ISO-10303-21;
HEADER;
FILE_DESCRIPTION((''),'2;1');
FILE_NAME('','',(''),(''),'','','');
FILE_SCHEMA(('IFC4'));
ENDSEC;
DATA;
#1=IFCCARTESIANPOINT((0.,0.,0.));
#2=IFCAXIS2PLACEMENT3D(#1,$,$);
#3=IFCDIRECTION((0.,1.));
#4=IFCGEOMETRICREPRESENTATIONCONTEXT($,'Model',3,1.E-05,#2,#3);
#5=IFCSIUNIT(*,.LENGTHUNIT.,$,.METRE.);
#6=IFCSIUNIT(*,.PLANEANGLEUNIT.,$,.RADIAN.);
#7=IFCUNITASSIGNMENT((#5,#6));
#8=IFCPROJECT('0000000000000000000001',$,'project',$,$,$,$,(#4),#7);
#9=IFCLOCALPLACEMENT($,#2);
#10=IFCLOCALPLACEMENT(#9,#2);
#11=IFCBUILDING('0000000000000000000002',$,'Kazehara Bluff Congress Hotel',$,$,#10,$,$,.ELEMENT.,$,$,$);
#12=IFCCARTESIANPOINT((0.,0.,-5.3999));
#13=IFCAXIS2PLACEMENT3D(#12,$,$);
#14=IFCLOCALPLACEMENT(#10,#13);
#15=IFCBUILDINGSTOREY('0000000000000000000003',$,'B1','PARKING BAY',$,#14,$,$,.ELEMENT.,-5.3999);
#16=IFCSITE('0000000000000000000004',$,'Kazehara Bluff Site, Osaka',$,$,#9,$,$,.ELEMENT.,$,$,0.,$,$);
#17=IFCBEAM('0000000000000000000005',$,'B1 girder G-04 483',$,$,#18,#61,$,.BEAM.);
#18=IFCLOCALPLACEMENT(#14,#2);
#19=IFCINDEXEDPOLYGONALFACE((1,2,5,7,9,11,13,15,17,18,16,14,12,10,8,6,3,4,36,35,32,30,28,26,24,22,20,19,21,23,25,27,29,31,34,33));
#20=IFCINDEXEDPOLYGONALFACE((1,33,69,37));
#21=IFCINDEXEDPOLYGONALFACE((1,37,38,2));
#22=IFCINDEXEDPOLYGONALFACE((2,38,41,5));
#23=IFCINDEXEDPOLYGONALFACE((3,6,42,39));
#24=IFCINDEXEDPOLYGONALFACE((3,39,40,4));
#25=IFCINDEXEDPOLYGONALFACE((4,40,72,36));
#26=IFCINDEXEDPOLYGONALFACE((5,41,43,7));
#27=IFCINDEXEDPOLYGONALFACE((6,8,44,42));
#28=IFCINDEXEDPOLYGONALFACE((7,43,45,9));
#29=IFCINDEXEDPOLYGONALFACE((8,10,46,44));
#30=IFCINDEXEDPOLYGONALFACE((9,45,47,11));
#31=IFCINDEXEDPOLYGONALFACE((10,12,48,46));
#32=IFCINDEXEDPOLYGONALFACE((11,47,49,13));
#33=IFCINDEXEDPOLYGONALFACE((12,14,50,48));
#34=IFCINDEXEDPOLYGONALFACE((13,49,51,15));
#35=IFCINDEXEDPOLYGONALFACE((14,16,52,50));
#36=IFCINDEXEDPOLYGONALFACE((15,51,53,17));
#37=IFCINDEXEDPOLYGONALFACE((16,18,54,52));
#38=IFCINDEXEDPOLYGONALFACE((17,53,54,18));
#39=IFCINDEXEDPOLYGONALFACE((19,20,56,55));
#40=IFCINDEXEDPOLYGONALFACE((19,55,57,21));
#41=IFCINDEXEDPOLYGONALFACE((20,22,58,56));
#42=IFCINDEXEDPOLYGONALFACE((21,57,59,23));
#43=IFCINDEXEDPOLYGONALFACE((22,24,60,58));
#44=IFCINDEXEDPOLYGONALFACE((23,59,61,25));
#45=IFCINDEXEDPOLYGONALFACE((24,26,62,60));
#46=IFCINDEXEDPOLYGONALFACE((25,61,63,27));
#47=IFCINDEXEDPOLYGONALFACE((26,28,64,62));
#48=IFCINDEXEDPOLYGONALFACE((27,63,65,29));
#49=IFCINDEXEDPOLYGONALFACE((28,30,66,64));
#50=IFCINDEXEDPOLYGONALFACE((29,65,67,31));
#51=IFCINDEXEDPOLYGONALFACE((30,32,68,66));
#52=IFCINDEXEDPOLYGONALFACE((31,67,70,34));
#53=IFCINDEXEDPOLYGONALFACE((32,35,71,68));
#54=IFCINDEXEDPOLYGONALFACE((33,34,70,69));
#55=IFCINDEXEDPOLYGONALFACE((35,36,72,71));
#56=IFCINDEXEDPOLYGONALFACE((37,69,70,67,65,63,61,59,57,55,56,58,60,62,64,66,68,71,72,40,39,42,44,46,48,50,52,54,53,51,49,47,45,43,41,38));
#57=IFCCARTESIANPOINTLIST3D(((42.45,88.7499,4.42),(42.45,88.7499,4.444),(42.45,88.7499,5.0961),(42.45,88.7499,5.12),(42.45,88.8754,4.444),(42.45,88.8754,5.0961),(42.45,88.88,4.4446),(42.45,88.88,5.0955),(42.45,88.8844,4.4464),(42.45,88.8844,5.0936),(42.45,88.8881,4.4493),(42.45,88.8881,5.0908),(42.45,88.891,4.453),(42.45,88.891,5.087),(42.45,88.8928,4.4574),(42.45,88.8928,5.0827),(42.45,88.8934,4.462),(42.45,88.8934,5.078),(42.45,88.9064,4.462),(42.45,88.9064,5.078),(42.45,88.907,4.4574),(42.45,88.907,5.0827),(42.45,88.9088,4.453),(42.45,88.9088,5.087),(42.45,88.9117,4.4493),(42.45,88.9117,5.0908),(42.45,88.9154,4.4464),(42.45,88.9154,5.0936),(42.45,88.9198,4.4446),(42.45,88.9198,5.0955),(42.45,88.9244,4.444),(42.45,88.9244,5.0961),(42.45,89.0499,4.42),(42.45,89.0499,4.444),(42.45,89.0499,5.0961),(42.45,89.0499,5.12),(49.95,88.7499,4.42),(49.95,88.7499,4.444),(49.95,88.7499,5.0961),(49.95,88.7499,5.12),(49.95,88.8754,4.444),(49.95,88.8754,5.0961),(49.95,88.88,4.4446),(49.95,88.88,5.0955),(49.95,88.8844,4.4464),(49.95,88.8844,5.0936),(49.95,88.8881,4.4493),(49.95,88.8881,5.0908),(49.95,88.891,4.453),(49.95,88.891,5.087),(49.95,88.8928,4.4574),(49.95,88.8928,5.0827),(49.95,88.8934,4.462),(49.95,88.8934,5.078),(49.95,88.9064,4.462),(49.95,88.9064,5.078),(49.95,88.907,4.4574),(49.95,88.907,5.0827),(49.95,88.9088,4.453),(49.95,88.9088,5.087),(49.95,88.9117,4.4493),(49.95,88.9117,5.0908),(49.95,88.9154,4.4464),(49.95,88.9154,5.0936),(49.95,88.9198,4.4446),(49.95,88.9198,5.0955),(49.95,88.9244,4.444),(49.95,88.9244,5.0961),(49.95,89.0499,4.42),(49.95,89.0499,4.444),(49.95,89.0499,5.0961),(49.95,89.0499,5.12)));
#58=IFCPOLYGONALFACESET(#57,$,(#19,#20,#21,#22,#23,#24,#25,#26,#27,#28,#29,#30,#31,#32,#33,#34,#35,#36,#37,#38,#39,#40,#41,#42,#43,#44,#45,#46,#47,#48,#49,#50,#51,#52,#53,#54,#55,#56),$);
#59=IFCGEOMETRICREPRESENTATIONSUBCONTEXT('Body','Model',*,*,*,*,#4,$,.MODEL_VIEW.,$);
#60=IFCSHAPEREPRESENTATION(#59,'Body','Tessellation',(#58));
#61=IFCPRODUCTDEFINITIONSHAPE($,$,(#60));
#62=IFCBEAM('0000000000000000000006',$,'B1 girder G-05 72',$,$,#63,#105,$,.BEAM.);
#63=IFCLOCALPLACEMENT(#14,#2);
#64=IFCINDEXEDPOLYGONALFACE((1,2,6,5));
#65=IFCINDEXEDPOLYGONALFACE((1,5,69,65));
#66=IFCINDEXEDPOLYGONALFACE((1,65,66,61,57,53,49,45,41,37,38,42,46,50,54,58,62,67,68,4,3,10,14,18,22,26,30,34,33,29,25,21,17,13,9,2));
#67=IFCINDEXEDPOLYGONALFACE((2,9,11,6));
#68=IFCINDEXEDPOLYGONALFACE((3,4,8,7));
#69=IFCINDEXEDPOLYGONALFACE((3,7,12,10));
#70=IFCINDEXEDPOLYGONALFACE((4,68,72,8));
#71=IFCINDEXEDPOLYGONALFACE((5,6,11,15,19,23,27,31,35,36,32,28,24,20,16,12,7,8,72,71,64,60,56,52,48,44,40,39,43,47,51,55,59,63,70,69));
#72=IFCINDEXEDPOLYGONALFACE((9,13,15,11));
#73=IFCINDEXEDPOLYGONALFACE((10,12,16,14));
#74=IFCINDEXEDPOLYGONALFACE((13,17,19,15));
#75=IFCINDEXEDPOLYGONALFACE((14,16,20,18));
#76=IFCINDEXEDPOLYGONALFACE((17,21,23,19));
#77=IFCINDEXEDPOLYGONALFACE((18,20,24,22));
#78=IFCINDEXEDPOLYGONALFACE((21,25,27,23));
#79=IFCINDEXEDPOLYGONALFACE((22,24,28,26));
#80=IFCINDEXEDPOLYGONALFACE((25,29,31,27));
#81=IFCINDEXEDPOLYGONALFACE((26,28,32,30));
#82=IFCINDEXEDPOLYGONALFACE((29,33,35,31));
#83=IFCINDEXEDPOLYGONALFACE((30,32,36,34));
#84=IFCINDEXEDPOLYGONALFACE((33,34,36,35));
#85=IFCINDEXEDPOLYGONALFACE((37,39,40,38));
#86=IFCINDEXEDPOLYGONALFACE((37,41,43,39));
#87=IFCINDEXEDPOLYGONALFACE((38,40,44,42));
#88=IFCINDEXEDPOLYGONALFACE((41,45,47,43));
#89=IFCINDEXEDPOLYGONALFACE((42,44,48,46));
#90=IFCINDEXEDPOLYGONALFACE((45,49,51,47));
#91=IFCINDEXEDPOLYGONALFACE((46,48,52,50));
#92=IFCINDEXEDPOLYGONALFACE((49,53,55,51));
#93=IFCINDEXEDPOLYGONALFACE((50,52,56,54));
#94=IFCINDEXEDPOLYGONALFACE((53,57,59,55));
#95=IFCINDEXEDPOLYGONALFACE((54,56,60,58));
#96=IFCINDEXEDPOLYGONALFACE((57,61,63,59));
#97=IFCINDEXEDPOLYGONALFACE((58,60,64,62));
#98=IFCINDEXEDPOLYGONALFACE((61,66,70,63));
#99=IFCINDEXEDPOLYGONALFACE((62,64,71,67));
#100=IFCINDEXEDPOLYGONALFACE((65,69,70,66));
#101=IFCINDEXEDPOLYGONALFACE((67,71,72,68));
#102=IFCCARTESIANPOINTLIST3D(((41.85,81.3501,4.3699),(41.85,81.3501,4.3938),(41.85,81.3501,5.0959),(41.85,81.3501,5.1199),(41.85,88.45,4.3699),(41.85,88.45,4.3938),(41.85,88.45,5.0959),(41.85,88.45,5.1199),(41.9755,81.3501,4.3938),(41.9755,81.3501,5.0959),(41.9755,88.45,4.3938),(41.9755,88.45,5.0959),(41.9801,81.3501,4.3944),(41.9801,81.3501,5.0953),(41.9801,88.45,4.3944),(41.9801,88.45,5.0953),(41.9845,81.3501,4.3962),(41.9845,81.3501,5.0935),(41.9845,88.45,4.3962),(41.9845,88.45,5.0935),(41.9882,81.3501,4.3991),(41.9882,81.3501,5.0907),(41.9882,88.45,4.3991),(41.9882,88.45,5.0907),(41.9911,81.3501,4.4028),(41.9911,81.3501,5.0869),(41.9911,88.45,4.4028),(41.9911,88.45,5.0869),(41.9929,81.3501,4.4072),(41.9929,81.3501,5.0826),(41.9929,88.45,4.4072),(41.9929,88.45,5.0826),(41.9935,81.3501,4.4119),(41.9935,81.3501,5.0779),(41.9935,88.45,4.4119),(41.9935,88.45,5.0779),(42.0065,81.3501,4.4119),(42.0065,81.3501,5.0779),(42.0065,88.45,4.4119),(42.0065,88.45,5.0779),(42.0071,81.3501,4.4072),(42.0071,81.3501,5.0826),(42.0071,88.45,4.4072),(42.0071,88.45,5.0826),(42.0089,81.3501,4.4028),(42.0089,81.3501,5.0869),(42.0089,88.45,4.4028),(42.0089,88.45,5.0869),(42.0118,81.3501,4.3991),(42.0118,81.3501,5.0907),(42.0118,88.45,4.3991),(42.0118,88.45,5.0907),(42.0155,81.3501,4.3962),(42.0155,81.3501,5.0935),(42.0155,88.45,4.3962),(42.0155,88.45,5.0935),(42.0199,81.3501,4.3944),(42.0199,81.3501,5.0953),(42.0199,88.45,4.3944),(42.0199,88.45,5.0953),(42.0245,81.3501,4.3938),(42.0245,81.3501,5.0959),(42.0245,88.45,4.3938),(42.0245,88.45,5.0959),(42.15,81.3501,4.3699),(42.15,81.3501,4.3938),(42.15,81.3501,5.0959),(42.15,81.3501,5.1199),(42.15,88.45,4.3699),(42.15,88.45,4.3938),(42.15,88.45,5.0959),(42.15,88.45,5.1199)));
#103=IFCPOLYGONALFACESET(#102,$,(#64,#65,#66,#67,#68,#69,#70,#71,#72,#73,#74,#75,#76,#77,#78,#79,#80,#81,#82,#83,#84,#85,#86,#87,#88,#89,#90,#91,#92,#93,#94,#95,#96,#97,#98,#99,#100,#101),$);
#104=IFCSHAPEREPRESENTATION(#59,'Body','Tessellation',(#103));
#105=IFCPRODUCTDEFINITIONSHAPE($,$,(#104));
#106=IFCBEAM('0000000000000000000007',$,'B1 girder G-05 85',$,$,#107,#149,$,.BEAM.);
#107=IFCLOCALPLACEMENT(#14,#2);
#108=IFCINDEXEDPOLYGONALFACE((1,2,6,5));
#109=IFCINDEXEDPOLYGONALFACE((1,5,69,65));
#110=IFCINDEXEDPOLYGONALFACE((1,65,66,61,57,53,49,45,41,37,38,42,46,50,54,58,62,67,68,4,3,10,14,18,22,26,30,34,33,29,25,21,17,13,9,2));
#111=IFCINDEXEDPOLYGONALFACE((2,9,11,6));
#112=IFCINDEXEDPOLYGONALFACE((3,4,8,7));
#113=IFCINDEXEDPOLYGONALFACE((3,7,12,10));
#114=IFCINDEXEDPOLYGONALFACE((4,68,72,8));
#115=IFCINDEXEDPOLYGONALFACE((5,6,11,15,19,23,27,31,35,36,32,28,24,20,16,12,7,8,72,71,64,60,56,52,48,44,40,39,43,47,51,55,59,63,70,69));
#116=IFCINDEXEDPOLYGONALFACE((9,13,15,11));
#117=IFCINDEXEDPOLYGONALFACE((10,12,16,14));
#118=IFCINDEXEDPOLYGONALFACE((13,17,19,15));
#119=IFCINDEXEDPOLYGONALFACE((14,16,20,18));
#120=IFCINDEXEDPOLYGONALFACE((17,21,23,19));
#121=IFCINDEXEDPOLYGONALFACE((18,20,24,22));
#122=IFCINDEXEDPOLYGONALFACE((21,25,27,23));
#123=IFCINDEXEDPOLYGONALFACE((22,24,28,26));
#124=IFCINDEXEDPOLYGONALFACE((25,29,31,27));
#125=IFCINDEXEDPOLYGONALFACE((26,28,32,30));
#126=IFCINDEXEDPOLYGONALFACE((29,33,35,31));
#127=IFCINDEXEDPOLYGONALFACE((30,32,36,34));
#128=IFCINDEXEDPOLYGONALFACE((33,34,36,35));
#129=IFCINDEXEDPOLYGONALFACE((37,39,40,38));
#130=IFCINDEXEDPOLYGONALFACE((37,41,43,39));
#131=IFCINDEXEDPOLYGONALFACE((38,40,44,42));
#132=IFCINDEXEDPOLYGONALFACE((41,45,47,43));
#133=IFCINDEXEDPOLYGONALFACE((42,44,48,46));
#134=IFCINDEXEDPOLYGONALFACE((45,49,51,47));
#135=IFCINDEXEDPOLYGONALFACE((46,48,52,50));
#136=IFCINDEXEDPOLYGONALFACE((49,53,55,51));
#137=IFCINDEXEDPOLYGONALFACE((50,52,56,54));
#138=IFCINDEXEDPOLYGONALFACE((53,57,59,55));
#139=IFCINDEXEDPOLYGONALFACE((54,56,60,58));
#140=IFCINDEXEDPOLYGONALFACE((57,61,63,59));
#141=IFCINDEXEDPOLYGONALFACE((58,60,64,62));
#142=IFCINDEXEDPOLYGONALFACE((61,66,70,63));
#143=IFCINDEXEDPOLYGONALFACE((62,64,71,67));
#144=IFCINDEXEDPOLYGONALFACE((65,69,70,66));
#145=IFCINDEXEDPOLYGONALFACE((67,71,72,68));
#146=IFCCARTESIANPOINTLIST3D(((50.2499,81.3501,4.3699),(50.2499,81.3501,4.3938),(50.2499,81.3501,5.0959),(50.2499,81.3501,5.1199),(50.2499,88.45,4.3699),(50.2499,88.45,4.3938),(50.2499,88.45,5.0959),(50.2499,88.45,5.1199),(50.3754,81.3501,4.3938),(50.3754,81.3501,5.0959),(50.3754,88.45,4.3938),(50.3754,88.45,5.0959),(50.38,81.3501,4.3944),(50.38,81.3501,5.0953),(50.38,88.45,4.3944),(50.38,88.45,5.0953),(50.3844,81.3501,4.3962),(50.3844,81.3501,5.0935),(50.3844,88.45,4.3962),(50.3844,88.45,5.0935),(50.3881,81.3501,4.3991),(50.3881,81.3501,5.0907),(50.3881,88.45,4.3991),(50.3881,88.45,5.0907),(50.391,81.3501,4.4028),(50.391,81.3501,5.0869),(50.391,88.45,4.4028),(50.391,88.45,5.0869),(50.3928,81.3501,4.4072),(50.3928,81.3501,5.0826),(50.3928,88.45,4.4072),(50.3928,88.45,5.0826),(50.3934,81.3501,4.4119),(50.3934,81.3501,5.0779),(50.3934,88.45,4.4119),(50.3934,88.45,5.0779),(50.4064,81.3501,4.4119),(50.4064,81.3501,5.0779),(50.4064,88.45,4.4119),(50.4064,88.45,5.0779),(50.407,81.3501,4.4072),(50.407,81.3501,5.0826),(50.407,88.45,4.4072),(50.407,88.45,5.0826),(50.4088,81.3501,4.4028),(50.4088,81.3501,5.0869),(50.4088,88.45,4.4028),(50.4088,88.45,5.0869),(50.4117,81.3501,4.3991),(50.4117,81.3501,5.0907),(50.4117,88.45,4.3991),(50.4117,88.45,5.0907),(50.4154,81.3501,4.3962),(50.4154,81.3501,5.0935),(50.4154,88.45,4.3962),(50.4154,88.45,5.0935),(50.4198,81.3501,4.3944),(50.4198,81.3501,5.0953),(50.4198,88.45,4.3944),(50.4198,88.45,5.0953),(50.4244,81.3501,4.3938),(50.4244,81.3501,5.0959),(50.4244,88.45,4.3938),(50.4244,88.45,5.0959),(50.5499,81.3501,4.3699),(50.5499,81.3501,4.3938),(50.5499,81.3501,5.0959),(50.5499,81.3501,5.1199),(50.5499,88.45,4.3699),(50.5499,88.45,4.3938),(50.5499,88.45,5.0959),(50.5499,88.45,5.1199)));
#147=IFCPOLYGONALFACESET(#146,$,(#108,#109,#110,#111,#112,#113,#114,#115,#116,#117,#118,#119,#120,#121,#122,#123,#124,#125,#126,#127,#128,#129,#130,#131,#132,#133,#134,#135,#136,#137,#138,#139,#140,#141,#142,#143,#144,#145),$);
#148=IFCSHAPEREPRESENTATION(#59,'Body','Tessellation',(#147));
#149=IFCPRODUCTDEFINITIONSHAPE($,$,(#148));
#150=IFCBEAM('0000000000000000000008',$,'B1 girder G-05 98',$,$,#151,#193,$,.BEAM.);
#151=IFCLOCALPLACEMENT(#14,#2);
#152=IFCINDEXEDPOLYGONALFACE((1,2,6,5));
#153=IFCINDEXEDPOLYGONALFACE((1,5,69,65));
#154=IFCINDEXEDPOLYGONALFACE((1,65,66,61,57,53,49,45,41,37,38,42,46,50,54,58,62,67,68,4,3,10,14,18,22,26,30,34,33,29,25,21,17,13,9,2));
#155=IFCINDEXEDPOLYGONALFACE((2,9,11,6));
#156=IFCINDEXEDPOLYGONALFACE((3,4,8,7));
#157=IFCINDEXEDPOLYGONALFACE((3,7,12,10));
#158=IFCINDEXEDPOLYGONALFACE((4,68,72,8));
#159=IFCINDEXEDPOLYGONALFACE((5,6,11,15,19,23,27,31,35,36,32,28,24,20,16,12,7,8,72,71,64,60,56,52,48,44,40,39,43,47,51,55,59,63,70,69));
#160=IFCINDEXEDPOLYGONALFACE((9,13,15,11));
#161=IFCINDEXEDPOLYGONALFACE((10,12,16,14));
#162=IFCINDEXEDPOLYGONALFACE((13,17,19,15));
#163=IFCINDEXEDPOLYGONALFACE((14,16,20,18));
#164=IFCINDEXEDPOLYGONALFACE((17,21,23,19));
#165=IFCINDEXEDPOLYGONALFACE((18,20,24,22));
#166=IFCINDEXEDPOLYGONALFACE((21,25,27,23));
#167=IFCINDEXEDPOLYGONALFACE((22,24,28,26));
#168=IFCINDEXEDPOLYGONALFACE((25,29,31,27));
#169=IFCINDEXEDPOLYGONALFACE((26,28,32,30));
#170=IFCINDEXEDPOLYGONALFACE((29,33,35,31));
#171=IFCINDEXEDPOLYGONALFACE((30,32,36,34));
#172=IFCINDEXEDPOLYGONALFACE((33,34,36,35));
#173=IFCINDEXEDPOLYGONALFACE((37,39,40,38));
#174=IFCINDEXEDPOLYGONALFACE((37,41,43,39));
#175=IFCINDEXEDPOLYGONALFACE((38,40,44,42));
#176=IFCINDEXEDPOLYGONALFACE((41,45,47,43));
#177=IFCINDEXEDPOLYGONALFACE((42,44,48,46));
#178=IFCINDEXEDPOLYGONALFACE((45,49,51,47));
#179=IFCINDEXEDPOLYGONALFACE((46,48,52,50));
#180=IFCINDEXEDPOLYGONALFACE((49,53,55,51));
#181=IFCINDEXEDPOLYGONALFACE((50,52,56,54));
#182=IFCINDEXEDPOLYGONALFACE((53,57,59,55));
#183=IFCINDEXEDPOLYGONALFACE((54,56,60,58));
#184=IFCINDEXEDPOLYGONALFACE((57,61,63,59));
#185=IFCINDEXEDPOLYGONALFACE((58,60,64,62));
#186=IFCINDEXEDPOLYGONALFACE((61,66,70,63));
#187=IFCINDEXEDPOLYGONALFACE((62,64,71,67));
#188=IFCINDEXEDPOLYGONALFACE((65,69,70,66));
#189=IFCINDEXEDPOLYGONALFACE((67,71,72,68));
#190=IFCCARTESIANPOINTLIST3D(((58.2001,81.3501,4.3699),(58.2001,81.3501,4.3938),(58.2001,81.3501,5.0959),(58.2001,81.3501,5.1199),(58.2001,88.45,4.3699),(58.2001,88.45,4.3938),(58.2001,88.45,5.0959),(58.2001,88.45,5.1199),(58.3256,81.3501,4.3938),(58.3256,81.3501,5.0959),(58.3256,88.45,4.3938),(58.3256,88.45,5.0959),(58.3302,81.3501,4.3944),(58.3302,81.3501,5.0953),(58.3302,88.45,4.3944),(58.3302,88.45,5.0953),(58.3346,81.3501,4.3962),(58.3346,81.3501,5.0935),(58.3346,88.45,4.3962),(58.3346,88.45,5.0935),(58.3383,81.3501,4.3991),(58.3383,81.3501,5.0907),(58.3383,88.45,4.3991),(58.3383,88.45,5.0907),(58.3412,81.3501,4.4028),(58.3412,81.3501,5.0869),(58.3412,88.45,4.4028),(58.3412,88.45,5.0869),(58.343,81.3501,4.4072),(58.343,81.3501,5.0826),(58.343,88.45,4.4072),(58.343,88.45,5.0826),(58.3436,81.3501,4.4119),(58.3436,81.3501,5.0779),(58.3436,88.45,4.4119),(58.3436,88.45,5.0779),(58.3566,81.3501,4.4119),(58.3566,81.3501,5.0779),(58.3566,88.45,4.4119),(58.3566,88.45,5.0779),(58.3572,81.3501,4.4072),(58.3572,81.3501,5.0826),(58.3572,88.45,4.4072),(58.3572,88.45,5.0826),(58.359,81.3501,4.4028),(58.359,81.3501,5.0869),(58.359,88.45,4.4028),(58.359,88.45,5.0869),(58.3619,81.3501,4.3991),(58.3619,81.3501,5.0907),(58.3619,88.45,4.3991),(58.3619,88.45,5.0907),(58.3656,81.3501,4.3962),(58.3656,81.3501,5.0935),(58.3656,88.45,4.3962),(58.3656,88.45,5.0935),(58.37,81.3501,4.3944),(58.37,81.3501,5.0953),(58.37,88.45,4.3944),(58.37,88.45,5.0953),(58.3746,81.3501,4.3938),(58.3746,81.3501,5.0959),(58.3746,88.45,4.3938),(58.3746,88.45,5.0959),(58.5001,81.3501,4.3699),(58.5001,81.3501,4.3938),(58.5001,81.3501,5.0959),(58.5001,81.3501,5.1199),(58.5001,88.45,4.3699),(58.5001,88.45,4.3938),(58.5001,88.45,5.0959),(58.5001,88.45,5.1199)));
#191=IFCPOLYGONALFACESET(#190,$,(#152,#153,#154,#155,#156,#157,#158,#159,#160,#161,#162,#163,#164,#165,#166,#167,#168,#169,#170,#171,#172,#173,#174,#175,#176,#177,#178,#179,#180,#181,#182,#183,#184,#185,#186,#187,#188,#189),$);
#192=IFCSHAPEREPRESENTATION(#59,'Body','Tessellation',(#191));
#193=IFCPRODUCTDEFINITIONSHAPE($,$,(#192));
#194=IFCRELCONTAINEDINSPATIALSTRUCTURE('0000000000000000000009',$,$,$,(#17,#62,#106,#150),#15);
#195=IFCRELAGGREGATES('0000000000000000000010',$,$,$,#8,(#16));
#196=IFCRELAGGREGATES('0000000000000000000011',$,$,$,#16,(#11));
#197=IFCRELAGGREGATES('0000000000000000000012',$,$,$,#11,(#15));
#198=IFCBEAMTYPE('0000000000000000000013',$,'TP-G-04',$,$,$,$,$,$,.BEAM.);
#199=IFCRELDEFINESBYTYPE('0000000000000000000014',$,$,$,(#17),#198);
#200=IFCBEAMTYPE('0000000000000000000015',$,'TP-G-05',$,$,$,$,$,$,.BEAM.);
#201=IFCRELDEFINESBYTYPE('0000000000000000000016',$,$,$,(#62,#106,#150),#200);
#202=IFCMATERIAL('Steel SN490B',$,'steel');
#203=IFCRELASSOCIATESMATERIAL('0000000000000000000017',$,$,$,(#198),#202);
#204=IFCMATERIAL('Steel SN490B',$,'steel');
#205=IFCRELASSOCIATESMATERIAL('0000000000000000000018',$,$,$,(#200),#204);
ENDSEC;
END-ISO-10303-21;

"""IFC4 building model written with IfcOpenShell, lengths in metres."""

from ifc_helpers import new_model, si_unit, direction, frame, origin, origin_2d, place, context, subcontext, project, spatial, i_section, extrude, material, material_profile, profile_set, type_object, element, save


model = new_model("IFC4")

# Units and contexts
model_context = context("Model", 3, precision=1e-05, world=origin(), true_north=direction((0.0, 1.0)))
body_context = subcontext(model_context, "Body", "Model", "MODEL_VIEW")
ifc_project = project(units=[si_unit("LENGTHUNIT", "METRE"), si_unit("PLANEANGLEUNIT", "RADIAN")], contexts=[model_context])

# Site, building, storey
site_placement = place(None, origin())
site = spatial("IfcSite", under=ifc_project, at=site_placement, Name="Kazehara Bluff Site, Osaka", CompositionType="ELEMENT", RefElevation=0.0)
building_placement = place(site_placement, origin())
building = spatial("IfcBuilding", under=site, at=building_placement, Name="Kazehara Bluff Congress Hotel", CompositionType="ELEMENT")
storey_placement = place(building_placement, frame((0.0, 0.0, -5.3999)))
storey = spatial("IfcBuildingStorey", under=building, at=storey_placement, Name="B1", Description="PARKING BAY", CompositionType="ELEMENT", Elevation=-5.3999)

# Beams
ifc_material_1 = material(Name="Steel SN490B", Category="steel")
ifc_material_profile_1 = material_profile(ifc_material_1, i_section(OverallWidth=0.3, OverallDepth=0.7, WebThickness=0.0129, FlangeThickness=0.0239, FilletRadius=0.0181, at=origin_2d()))
ifc_profile_set_1 = profile_set([ifc_material_profile_1], Name="Steel SN490B")
beam_type_1 = type_object("IfcBeamType", Name="TP-G-04", PredefinedType="BEAM", material=ifc_profile_set_1)
beam_1_placement = place(storey_placement, frame((42.45, 88.8999, 4.77), z_axis=(1.0, 0.0, 0.0), x_axis=(0.0, 1.0, 0.0)))
element("IfcBeam", 1, at=beam_1_placement, inside=storey, type_object=beam_type_1, Name="B1 girder G-04 483", PredefinedType="BEAM", context=body_context, shape_type="SweptSolid", body=[
    extrude(i_section(OverallWidth=0.3, OverallDepth=0.7, WebThickness=0.0129, FlangeThickness=0.0239, FilletRadius=0.0181, at=origin_2d()), origin(), (0.0, 0.0, 1.0), 7.5),
])
ifc_material_2 = material(Name="Steel SN490B", Category="steel")
ifc_material_profile_2 = material_profile(ifc_material_2, i_section(OverallWidth=0.3, OverallDepth=0.75, WebThickness=0.0129, FlangeThickness=0.0239, FilletRadius=0.0181, at=origin_2d()))
ifc_profile_set_2 = profile_set([ifc_material_profile_2], Name="Steel SN490B")
beam_type_2 = type_object("IfcBeamType", Name="TP-G-05", PredefinedType="BEAM", material=ifc_profile_set_2)
for number, where, z_axis, x_axis, name in (
    (2, (42.0, 81.3501, 4.7449), (0.0, 1.0, 0.0), (-1.0, 0.0, 0.0), "B1 girder G-05 72"),
    (3, (50.3999, 81.3501, 4.7449), (0.0, 1.0, 0.0), (-1.0, 0.0, 0.0), "B1 girder G-05 85"),
    (4, (58.3501, 81.3501, 4.7449), (0.0, 1.0, 0.0), (-1.0, 0.0, 0.0), "B1 girder G-05 98"),
):
    element("IfcBeam", number, at=place(storey_placement, frame(where, z_axis=z_axis, x_axis=x_axis)), inside=storey, type_object=beam_type_2, Name=name, PredefinedType="BEAM", context=body_context, shape_type="SweptSolid", body=[
        extrude(i_section(OverallWidth=0.3, OverallDepth=0.75, WebThickness=0.0129, FlangeThickness=0.0239, FilletRadius=0.0181, at=origin_2d()), origin(), (0.0, 0.0, 1.0), 7.0999),
    ])

save(model, "model.ifc")
